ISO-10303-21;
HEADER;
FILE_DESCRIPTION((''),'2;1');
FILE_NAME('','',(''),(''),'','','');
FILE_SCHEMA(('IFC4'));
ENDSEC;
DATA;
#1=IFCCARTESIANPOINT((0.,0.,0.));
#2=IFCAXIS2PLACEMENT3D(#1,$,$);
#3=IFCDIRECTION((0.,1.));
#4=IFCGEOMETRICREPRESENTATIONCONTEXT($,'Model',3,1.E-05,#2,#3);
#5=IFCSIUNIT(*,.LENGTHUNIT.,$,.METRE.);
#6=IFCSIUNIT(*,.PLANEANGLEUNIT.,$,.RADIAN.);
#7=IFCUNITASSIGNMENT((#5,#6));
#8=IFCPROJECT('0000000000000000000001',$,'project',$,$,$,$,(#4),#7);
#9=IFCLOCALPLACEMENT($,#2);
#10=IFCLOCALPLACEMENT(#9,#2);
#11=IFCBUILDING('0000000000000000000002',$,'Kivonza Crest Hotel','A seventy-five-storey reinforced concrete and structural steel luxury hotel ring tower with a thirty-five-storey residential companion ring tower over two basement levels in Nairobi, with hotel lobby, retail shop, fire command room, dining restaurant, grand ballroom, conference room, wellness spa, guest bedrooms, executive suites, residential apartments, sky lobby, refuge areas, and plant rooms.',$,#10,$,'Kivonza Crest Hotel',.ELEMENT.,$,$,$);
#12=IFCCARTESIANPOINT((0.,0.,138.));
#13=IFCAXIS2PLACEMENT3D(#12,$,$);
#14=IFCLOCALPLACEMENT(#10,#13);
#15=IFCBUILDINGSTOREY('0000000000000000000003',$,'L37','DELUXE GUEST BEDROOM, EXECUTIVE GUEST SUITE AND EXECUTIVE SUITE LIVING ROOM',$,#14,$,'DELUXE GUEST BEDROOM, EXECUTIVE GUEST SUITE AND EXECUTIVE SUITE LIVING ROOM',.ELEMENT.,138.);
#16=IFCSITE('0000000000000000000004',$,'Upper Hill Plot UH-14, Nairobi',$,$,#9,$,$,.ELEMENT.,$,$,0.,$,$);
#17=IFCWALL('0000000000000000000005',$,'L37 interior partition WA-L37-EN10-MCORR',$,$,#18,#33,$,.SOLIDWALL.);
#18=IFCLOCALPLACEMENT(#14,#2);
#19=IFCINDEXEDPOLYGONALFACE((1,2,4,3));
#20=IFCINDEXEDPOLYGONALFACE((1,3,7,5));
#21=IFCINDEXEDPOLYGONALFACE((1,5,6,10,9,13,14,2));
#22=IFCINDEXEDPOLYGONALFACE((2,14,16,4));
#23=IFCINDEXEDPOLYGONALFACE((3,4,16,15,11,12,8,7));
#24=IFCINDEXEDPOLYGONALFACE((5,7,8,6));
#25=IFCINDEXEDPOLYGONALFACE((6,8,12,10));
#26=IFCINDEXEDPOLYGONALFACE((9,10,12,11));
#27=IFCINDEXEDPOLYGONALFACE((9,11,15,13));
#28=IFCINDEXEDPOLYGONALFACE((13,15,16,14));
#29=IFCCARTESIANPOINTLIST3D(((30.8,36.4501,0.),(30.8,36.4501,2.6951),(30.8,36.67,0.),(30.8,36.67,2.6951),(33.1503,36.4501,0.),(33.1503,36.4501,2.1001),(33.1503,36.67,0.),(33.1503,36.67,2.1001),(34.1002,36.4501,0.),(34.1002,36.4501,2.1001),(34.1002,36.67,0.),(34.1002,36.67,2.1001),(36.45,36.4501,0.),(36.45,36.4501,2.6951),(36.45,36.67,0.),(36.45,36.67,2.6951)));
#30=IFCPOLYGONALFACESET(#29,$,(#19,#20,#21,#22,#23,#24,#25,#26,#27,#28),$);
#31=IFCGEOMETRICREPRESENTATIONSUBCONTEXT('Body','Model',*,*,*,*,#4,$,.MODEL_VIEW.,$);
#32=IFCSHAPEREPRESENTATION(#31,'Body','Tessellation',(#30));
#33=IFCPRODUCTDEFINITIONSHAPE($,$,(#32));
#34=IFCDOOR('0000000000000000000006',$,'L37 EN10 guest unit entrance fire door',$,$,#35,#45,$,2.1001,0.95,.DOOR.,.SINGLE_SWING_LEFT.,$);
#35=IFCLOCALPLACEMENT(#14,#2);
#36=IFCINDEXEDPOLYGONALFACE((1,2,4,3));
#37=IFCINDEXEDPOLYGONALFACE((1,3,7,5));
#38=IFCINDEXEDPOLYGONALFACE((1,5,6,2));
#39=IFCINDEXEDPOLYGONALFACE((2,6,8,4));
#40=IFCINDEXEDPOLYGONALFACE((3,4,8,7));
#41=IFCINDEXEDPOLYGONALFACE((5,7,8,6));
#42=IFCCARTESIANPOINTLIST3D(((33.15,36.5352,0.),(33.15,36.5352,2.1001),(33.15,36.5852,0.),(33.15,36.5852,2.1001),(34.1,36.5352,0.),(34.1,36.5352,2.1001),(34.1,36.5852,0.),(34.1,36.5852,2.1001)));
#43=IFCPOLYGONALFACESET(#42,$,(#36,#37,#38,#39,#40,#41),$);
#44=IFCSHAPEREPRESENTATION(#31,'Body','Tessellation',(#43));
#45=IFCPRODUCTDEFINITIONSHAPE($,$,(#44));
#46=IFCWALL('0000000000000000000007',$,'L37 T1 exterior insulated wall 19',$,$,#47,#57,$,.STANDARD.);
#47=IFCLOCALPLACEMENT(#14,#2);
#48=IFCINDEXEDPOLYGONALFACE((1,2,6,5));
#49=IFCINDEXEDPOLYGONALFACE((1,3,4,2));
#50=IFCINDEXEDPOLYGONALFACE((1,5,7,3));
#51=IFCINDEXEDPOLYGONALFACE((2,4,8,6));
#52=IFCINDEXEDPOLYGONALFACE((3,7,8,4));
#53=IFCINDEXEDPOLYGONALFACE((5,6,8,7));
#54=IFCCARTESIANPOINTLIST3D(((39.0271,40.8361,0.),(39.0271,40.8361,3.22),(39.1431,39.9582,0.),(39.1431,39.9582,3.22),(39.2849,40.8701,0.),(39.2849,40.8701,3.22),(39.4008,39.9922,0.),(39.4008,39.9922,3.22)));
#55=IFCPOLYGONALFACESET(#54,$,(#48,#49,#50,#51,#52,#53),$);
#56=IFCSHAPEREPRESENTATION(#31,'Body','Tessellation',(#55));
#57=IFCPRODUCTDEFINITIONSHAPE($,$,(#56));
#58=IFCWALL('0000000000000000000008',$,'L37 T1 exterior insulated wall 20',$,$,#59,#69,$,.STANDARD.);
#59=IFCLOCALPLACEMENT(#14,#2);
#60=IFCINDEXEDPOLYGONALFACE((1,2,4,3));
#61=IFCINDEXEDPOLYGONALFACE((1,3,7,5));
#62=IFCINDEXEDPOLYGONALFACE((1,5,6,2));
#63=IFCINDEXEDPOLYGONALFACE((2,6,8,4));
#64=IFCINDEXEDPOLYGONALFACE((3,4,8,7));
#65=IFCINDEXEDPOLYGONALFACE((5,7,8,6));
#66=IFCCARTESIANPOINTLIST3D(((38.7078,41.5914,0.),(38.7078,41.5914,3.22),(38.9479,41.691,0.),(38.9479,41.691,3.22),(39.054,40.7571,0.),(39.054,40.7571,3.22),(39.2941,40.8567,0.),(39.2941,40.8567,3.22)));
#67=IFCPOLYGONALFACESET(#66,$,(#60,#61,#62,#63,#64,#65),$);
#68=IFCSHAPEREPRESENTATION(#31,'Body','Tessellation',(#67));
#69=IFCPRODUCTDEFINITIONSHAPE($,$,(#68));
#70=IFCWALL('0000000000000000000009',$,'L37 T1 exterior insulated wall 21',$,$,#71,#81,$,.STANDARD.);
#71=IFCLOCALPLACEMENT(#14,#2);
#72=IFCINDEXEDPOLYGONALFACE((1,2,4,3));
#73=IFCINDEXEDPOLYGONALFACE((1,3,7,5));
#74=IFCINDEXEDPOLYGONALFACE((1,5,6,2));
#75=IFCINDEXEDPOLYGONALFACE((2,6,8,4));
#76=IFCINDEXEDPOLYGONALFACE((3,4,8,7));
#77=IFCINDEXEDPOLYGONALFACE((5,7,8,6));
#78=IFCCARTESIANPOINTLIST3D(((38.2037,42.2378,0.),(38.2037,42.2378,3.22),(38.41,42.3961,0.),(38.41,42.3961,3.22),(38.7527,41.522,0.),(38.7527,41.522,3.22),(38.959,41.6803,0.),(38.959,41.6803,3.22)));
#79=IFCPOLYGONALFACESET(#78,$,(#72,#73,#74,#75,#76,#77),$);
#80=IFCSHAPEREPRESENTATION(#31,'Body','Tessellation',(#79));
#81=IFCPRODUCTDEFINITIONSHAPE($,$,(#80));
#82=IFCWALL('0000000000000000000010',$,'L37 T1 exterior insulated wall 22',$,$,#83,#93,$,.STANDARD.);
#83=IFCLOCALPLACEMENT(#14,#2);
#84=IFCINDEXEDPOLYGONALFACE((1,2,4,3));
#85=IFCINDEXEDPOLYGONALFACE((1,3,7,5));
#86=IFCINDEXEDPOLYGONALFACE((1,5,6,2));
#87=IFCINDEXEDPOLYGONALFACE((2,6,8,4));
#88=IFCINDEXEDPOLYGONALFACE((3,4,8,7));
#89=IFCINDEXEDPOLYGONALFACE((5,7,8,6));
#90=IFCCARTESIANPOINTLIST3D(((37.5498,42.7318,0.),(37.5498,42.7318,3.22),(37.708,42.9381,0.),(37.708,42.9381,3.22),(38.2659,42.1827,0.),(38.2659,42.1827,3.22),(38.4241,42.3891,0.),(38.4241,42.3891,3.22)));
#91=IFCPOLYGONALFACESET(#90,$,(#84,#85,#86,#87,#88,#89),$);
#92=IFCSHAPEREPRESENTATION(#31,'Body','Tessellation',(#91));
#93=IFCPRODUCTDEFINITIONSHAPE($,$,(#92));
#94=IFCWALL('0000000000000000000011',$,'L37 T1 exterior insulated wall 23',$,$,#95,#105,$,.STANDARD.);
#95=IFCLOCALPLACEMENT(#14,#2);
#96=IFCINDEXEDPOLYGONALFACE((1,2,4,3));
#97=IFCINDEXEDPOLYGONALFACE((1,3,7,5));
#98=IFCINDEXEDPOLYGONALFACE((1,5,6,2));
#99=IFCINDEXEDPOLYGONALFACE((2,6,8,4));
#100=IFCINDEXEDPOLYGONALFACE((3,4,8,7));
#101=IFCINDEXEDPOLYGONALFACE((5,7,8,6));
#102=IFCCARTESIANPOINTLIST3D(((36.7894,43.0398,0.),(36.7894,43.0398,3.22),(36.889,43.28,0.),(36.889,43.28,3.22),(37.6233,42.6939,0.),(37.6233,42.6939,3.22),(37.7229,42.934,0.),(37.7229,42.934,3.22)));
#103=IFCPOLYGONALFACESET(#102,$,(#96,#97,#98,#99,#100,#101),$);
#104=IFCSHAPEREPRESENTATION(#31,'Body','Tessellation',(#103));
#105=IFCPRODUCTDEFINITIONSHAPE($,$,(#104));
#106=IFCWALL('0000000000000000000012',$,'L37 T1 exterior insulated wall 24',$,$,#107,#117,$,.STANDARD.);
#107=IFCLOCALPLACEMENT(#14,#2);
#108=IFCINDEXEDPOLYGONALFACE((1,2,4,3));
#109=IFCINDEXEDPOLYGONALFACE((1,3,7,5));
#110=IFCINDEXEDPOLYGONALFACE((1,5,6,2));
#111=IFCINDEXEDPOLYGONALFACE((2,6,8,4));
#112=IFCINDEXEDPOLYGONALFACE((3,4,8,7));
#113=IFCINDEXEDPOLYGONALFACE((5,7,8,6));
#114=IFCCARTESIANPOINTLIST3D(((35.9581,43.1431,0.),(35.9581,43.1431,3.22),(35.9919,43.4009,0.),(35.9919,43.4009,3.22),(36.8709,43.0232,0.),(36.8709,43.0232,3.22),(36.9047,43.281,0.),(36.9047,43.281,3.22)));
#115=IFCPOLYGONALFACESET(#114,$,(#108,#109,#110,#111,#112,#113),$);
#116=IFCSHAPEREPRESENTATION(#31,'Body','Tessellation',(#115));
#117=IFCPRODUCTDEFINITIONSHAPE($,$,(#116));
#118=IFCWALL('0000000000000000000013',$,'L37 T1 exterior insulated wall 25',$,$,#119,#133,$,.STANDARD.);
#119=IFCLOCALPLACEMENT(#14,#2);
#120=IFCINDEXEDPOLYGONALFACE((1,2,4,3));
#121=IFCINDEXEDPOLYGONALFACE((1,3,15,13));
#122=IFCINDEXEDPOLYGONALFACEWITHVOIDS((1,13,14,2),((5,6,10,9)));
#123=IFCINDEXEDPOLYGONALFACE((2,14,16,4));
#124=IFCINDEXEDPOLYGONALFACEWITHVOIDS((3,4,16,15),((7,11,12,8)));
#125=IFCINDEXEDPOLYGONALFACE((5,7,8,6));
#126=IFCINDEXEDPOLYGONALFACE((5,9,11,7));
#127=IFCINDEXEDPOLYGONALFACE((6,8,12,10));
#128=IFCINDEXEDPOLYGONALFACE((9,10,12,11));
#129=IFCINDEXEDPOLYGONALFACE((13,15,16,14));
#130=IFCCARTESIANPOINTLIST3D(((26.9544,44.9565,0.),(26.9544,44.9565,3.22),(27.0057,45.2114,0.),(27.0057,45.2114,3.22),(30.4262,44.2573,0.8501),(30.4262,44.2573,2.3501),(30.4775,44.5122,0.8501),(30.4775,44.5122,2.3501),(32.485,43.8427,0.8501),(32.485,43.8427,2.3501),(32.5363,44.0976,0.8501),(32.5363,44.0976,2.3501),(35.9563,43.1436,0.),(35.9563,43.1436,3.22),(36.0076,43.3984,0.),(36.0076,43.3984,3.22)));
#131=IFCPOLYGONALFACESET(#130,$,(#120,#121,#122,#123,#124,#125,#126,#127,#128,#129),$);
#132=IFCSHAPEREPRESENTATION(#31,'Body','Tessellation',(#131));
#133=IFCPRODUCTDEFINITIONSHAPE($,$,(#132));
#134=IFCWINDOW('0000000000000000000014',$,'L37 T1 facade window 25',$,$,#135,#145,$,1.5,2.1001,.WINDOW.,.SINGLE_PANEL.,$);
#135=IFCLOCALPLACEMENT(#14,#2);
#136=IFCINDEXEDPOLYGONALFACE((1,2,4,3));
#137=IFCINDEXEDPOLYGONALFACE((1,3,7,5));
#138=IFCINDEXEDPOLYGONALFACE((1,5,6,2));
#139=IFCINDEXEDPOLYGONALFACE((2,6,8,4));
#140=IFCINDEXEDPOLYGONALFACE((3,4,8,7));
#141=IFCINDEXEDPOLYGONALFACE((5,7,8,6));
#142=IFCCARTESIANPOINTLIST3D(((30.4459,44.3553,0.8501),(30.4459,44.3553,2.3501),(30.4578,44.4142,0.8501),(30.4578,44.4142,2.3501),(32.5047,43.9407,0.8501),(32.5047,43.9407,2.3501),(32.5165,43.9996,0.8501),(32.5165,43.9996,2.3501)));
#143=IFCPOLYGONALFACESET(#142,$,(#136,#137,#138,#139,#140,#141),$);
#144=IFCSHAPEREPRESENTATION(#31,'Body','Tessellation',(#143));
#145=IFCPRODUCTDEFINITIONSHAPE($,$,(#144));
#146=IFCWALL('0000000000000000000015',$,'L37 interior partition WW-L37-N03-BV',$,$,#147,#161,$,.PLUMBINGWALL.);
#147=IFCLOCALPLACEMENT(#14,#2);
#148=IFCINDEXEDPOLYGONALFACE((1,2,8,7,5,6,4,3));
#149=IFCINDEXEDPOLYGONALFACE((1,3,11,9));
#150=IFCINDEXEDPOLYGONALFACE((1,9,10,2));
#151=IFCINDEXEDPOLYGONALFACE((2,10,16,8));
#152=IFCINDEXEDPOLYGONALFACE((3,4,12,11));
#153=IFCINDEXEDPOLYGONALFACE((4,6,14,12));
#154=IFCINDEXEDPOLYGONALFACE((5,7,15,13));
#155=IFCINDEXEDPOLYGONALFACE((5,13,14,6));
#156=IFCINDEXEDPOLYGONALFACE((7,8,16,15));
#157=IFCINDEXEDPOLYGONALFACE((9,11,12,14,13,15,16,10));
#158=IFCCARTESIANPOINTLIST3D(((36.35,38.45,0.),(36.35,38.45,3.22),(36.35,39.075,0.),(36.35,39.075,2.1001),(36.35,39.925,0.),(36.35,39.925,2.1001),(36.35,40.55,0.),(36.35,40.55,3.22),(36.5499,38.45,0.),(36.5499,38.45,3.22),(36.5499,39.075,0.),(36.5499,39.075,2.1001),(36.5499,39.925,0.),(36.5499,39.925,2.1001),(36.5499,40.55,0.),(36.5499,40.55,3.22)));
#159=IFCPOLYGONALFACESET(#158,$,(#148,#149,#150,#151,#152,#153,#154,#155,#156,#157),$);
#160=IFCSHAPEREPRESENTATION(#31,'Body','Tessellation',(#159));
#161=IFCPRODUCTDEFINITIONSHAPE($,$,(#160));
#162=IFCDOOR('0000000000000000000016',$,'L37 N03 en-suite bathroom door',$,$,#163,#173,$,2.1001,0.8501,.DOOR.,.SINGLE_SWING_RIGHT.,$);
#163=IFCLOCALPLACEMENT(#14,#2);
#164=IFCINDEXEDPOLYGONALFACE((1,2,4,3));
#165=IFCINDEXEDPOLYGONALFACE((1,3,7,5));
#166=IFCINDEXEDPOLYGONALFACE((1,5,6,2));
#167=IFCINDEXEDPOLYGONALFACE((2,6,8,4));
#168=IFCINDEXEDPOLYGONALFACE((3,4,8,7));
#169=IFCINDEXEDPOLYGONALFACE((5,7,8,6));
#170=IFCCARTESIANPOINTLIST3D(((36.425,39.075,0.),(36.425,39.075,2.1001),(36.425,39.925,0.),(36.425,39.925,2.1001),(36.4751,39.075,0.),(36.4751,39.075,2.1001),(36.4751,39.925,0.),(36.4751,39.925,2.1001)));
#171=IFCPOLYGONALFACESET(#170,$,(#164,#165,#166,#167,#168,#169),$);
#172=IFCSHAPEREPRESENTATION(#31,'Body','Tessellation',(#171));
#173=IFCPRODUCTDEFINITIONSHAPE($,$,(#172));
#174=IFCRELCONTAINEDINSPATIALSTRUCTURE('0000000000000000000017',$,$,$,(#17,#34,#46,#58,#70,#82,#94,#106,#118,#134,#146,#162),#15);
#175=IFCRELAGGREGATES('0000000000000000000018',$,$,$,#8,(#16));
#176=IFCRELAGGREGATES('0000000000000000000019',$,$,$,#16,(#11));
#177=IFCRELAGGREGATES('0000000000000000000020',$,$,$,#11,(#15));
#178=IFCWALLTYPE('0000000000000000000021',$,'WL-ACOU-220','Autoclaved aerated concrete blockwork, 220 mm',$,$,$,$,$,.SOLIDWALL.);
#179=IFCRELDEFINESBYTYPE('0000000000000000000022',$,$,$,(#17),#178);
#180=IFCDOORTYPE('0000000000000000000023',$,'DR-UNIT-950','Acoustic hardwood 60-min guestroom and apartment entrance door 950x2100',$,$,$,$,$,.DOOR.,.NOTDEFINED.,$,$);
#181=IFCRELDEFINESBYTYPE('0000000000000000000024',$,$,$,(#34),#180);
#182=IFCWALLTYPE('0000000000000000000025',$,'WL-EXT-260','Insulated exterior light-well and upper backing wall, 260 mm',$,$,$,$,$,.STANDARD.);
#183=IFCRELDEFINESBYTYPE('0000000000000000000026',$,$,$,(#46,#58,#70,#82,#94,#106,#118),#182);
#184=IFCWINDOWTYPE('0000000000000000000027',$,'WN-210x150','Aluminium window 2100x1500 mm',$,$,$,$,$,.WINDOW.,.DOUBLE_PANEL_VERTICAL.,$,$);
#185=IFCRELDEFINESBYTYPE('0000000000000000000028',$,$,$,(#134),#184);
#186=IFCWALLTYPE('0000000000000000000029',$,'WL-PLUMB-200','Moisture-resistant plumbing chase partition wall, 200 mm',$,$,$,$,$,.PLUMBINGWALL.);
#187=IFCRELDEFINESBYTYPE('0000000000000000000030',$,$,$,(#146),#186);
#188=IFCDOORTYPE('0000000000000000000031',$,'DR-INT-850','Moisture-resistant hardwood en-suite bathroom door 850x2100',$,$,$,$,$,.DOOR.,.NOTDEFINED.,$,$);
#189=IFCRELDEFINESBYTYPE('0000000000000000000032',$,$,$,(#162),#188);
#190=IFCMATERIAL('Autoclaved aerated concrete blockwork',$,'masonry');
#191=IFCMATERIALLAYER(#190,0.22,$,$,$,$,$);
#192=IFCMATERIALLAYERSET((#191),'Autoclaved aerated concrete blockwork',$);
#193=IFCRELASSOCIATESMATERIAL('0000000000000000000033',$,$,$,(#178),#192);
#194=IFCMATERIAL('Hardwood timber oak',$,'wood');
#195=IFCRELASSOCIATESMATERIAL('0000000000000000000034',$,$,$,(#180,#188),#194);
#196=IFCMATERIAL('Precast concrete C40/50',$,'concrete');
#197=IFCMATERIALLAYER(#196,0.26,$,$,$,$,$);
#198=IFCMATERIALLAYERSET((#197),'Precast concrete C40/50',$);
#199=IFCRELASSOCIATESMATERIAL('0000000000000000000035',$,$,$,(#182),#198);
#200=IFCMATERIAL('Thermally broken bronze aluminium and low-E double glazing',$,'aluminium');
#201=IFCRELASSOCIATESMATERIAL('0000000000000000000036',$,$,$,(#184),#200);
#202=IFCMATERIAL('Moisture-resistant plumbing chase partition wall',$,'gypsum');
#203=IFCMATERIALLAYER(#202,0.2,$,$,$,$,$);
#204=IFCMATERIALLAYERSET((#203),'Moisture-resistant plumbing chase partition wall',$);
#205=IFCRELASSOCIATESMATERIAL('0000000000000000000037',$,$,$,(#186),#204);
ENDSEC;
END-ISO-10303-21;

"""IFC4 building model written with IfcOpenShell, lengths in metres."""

from ifc_helpers import new_model, si_unit, direction, frame, frame_2d, origin, place, context, subcontext, project, spatial, rectangle, extrude, material, layer, layer_set, type_object, element, fill, save


model = new_model("IFC4")

# Units and contexts
model_context = context("Model", 3, precision=1e-05, world=origin(), true_north=direction((0.0, 1.0)))
body_context = subcontext(model_context, "Body", "Model", "MODEL_VIEW")
ifc_project = project(units=[si_unit("LENGTHUNIT", "METRE"), si_unit("PLANEANGLEUNIT", "RADIAN")], contexts=[model_context])

# Site, building, storey
site_placement = place(None, origin())
site = spatial("IfcSite", under=ifc_project, at=site_placement, Name="Upper Hill Plot UH-14, Nairobi", CompositionType="ELEMENT", RefElevation=0.0)
building_placement = place(site_placement, origin())
building = spatial("IfcBuilding", under=site, at=building_placement, Name="Kivonza Crest Hotel", Description="A seventy-five-storey reinforced concrete and structural steel luxury hotel ring tower with a thirty-five-storey residential companion ring tower over two basement levels in Nairobi, with hotel lobby, retail shop, fire command room, dining restaurant, grand ballroom, conference room, wellness spa, guest bedrooms, executive suites, residential apartments, sky lobby, refuge areas, and plant rooms.", LongName="Kivonza Crest Hotel", CompositionType="ELEMENT")
storey_placement = place(building_placement, frame((0.0, 0.0, 138.0)))
storey = spatial("IfcBuildingStorey", under=building, at=storey_placement, Name="L37", Description="DELUXE GUEST BEDROOM, EXECUTIVE GUEST SUITE AND EXECUTIVE SUITE LIVING ROOM", LongName="DELUXE GUEST BEDROOM, EXECUTIVE GUEST SUITE AND EXECUTIVE SUITE LIVING ROOM", CompositionType="ELEMENT", Elevation=138.0)

# Shared definitions
ifc_material_1 = material(Name="Autoclaved aerated concrete blockwork", Category="masonry")
ifc_layer_1 = layer(ifc_material_1, 0.22)
ifc_layer_set_1 = layer_set([ifc_layer_1], Name="Autoclaved aerated concrete blockwork")
wall_type_1 = type_object("IfcWallType", Name="WL-ACOU-220", Description="Autoclaved aerated concrete blockwork, 220 mm", PredefinedType="SOLIDWALL", material=ifc_layer_set_1)

# Wall, opening, door
wall_1_placement = place(storey_placement, frame((30.8, 36.5601, 0.0), z_axis=(0.0, 0.0, 1.0), x_axis=(1.0, 0.0, 0.0)))
wall_1 = element("IfcWall", 1, at=wall_1_placement, inside=storey, type_object=wall_type_1, Name="L37 interior partition WA-L37-EN10-MCORR", PredefinedType="SOLIDWALL", context=body_context, shape_type="SweptSolid", body=[
    extrude(rectangle(XDim=5.6499, YDim=0.22, at=frame_2d((2.825, 0.0))), origin(), (0.0, 0.0, 1.0), 2.6951),
])
opening_1_placement = place(wall_1_placement, frame((2.3501, 0.0, 0.0)))
opening_1 = element("IfcOpeningElement", 2, at=opening_1_placement, cuts=wall_1, PredefinedType="OPENING", context=body_context, shape_type="SweptSolid", body=[
    extrude(rectangle(XDim=0.95, YDim=2.1001, at=frame_2d((0.4751, 1.05))), frame((0.0, 0.1201, 0.0), z_axis=(0.0, -1.0, 0.0), x_axis=(1.0, 0.0, 0.0)), (0.0, 0.0, 1.0), 0.24),
])
ifc_material_2 = material(Name="Hardwood timber oak", Category="wood")
door_type_1 = type_object("IfcDoorType", Name="DR-UNIT-950", Description="Acoustic hardwood 60-min guestroom and apartment entrance door 950x2100", OperationType="NOTDEFINED", PredefinedType="DOOR", material=ifc_material_2)
door_1_placement = place(opening_1_placement, frame((0.95, 0.0, 0.0), z_axis=(0.0, 0.0, 1.0), x_axis=(-1.0, 0.0, 0.0)))
door_1 = element("IfcDoor", 3, at=door_1_placement, inside=storey, type_object=door_type_1, Name="L37 EN10 guest unit entrance fire door", OperationType="SINGLE_SWING_LEFT", OverallHeight=2.1001, OverallWidth=0.95, PredefinedType="DOOR", context=body_context, shape_type="SweptSolid", body=[
    extrude(rectangle(XDim=0.95, YDim=2.1001, at=frame_2d((0.4751, 1.05))), frame((0.0, 0.0249, 0.0), z_axis=(0.0, -1.0, 0.0), x_axis=(1.0, 0.0, 0.0)), (0.0, 0.0, 1.0), 0.05),
])
fill(opening_1, door_1)

# Walls
ifc_material_3 = material(Name="Precast concrete C40/50", Category="concrete")
ifc_layer_2 = layer(ifc_material_3, 0.26)
ifc_layer_set_2 = layer_set([ifc_layer_2], Name="Precast concrete C40/50")
wall_type_2 = type_object("IfcWallType", Name="WL-EXT-260", Description="Insulated exterior light-well and upper backing wall, 260 mm", PredefinedType="STANDARD", material=ifc_layer_set_2)
wall_2_placement = place(storey_placement, frame((39.272, 39.9751, 0.0), z_axis=(0.0, 0.0, 1.0), x_axis=(-0.130954, 0.991388, 0.0)))
element("IfcWall", 4, at=wall_2_placement, inside=storey, type_object=wall_type_2, Name="L37 T1 exterior insulated wall 19", PredefinedType="STANDARD", context=body_context, shape_type="SweptSolid", body=[
    extrude(rectangle(XDim=0.8855, YDim=0.26, at=frame_2d((0.4429, 0.0))), origin(), (0.0, 0.0, 1.0), 3.22),
])
wall_3_placement = place(storey_placement, frame((39.1741, 40.8069, 0.0), z_axis=(0.0, 0.0, 1.0), x_axis=(-0.383291, 0.923628, 0.0)))
element("IfcWall", 5, at=wall_3_placement, inside=storey, type_object=wall_type_2, Name="L37 T1 exterior insulated wall 20", PredefinedType="STANDARD", context=body_context, shape_type="SweptSolid", body=[
    extrude(rectangle(XDim=0.9033, YDim=0.26, at=frame_2d((0.4517, 0.0))), origin(), (0.0, 0.0, 1.0), 3.22),
])
wall_4_placement = place(storey_placement, frame((38.856, 41.6011, 0.0), z_axis=(0.0, 0.0, 1.0), x_axis=(-0.608625, 0.793458, 0.0)))
element("IfcWall", 6, at=wall_4_placement, inside=storey, type_object=wall_type_2, Name="L37 T1 exterior insulated wall 21", PredefinedType="STANDARD", context=body_context, shape_type="SweptSolid", body=[
    extrude(rectangle(XDim=0.9021, YDim=0.26, at=frame_2d((0.4512, 0.0))), origin(), (0.0, 0.0, 1.0), 3.22),
])
wall_5_placement = place(storey_placement, frame((38.345, 42.2859, 0.0), z_axis=(0.0, 0.0, 1.0), x_axis=(-0.793558, 0.608494, 0.0)))
element("IfcWall", 7, at=wall_5_placement, inside=storey, type_object=wall_type_2, Name="L37 T1 exterior insulated wall 22", PredefinedType="STANDARD", context=body_context, shape_type="SweptSolid", body=[
    extrude(rectangle(XDim=0.9023, YDim=0.26, at=frame_2d((0.4512, 0.0))), origin(), (0.0, 0.0, 1.0), 3.22),
])
wall_6_placement = place(storey_placement, frame((37.6731, 42.814, 0.0), z_axis=(0.0, 0.0, 1.0), x_axis=(-0.923684, 0.383156, 0.0)))
element("IfcWall", 8, at=wall_6_placement, inside=storey, type_object=wall_type_2, Name="L37 T1 exterior insulated wall 23", PredefinedType="STANDARD", context=body_context, shape_type="SweptSolid", body=[
    extrude(rectangle(XDim=0.9028, YDim=0.26, at=frame_2d((0.4514, 0.0))), origin(), (0.0, 0.0, 1.0), 3.22),
])
wall_7_placement = place(storey_placement, frame((36.8879, 43.1521, 0.0), z_axis=(0.0, 0.0, 1.0), x_axis=(-0.991488, 0.130201, 0.0)))
element("IfcWall", 9, at=wall_7_placement, inside=storey, type_object=wall_type_2, Name="L37 T1 exterior insulated wall 24", PredefinedType="STANDARD", context=body_context, shape_type="SweptSolid", body=[
    extrude(rectangle(XDim=0.9207, YDim=0.26, at=frame_2d((0.4604, 0.0))), origin(), (0.0, 0.0, 1.0), 3.22),
])

# Wall, opening, window
wall_8_placement = place(storey_placement, frame((35.9819, 43.271, 0.0), z_axis=(0.0, 0.0, 1.0), x_axis=(-0.980316, 0.197435, 0.0)))
wall_8 = element("IfcWall", 10, at=wall_8_placement, inside=storey, type_object=wall_type_2, Name="L37 T1 exterior insulated wall 25", PredefinedType="STANDARD", context=body_context, shape_type="SweptSolid", body=[
    extrude(rectangle(XDim=9.1826, YDim=0.26, at=frame_2d((4.5913, 0.0))), origin(), (0.0, 0.0, 1.0), 3.22),
])
opening_2_placement = place(wall_8_placement, frame((3.541, 0.0, 0.8501)))
opening_2 = element("IfcOpeningElement", 11, at=opening_2_placement, cuts=wall_8, PredefinedType="OPENING", context=body_context, shape_type="SweptSolid", body=[
    extrude(rectangle(XDim=2.1001, YDim=1.5, at=frame_2d((1.05, 0.75))), frame((0.0, 0.1401, 0.0), z_axis=(0.0, -1.0, 0.0), x_axis=(1.0, 0.0, 0.0)), (0.0, 0.0, 1.0), 0.28),
])
ifc_material_4 = material(Name="Thermally broken bronze aluminium and low-E double glazing", Category="aluminium")
window_type = type_object("IfcWindowType", Name="WN-210x150", Description="Aluminium window 2100x1500 mm", PartitioningType="DOUBLE_PANEL_VERTICAL", PredefinedType="WINDOW", material=ifc_material_4)
window_placement = place(opening_2_placement, origin())
window = element("IfcWindow", 12, at=window_placement, inside=storey, type_object=window_type, Name="L37 T1 facade window 25", OverallHeight=1.5, OverallWidth=2.1001, PartitioningType="SINGLE_PANEL", PredefinedType="WINDOW", context=body_context, shape_type="SweptSolid", body=[
    extrude(rectangle(XDim=2.1001, YDim=1.5, at=frame_2d((1.05, 0.75))), frame((0.0, 0.03, 0.0), z_axis=(0.0, -1.0, 0.0), x_axis=(1.0, 0.0, 0.0)), (0.0, 0.0, 1.0), 0.0601),
])
fill(opening_2, window)

# Wall, opening, door
ifc_material_5 = material(Name="Moisture-resistant plumbing chase partition wall", Category="gypsum")
ifc_layer_3 = layer(ifc_material_5, 0.2)
ifc_layer_set_3 = layer_set([ifc_layer_3], Name="Moisture-resistant plumbing chase partition wall")
wall_type_3 = type_object("IfcWallType", Name="WL-PLUMB-200", Description="Moisture-resistant plumbing chase partition wall, 200 mm", PredefinedType="PLUMBINGWALL", material=ifc_layer_set_3)
wall_9_placement = place(storey_placement, frame((36.45, 38.45, 0.0), z_axis=(0.0, 0.0, 1.0), x_axis=(0.0, 1.0, 0.0)))
wall_9 = element("IfcWall", 13, at=wall_9_placement, inside=storey, type_object=wall_type_3, Name="L37 interior partition WW-L37-N03-BV", PredefinedType="PLUMBINGWALL", context=body_context, shape_type="SweptSolid", body=[
    extrude(rectangle(XDim=2.1001, YDim=0.2, at=frame_2d((1.05, 0.0))), origin(), (0.0, 0.0, 1.0), 3.22),
])
opening_3_placement = place(wall_9_placement, frame((0.625, 0.0, 0.0)))
opening_3 = element("IfcOpeningElement", 14, at=opening_3_placement, cuts=wall_9, PredefinedType="OPENING", context=body_context, shape_type="SweptSolid", body=[
    extrude(rectangle(XDim=0.8501, YDim=2.1001, at=frame_2d((0.425, 1.05))), frame((0.0, 0.1099, 0.0), z_axis=(0.0, -1.0, 0.0), x_axis=(1.0, 0.0, 0.0)), (0.0, 0.0, 1.0), 0.22),
])
door_type_2 = type_object("IfcDoorType", Name="DR-INT-850", Description="Moisture-resistant hardwood en-suite bathroom door 850x2100", OperationType="NOTDEFINED", PredefinedType="DOOR", material=ifc_material_2)
door_2_placement = place(opening_3_placement, origin())
door_2 = element("IfcDoor", 15, at=door_2_placement, inside=storey, type_object=door_type_2, Name="L37 N03 en-suite bathroom door", OperationType="SINGLE_SWING_RIGHT", OverallHeight=2.1001, OverallWidth=0.8501, PredefinedType="DOOR", context=body_context, shape_type="SweptSolid", body=[
    extrude(rectangle(XDim=0.8501, YDim=2.1001, at=frame_2d((0.425, 1.05))), frame((0.0, 0.0249, 0.0), z_axis=(0.0, -1.0, 0.0), x_axis=(1.0, 0.0, 0.0)), (0.0, 0.0, 1.0), 0.05),
])
fill(opening_3, door_2)

save(model, "model.ifc")
